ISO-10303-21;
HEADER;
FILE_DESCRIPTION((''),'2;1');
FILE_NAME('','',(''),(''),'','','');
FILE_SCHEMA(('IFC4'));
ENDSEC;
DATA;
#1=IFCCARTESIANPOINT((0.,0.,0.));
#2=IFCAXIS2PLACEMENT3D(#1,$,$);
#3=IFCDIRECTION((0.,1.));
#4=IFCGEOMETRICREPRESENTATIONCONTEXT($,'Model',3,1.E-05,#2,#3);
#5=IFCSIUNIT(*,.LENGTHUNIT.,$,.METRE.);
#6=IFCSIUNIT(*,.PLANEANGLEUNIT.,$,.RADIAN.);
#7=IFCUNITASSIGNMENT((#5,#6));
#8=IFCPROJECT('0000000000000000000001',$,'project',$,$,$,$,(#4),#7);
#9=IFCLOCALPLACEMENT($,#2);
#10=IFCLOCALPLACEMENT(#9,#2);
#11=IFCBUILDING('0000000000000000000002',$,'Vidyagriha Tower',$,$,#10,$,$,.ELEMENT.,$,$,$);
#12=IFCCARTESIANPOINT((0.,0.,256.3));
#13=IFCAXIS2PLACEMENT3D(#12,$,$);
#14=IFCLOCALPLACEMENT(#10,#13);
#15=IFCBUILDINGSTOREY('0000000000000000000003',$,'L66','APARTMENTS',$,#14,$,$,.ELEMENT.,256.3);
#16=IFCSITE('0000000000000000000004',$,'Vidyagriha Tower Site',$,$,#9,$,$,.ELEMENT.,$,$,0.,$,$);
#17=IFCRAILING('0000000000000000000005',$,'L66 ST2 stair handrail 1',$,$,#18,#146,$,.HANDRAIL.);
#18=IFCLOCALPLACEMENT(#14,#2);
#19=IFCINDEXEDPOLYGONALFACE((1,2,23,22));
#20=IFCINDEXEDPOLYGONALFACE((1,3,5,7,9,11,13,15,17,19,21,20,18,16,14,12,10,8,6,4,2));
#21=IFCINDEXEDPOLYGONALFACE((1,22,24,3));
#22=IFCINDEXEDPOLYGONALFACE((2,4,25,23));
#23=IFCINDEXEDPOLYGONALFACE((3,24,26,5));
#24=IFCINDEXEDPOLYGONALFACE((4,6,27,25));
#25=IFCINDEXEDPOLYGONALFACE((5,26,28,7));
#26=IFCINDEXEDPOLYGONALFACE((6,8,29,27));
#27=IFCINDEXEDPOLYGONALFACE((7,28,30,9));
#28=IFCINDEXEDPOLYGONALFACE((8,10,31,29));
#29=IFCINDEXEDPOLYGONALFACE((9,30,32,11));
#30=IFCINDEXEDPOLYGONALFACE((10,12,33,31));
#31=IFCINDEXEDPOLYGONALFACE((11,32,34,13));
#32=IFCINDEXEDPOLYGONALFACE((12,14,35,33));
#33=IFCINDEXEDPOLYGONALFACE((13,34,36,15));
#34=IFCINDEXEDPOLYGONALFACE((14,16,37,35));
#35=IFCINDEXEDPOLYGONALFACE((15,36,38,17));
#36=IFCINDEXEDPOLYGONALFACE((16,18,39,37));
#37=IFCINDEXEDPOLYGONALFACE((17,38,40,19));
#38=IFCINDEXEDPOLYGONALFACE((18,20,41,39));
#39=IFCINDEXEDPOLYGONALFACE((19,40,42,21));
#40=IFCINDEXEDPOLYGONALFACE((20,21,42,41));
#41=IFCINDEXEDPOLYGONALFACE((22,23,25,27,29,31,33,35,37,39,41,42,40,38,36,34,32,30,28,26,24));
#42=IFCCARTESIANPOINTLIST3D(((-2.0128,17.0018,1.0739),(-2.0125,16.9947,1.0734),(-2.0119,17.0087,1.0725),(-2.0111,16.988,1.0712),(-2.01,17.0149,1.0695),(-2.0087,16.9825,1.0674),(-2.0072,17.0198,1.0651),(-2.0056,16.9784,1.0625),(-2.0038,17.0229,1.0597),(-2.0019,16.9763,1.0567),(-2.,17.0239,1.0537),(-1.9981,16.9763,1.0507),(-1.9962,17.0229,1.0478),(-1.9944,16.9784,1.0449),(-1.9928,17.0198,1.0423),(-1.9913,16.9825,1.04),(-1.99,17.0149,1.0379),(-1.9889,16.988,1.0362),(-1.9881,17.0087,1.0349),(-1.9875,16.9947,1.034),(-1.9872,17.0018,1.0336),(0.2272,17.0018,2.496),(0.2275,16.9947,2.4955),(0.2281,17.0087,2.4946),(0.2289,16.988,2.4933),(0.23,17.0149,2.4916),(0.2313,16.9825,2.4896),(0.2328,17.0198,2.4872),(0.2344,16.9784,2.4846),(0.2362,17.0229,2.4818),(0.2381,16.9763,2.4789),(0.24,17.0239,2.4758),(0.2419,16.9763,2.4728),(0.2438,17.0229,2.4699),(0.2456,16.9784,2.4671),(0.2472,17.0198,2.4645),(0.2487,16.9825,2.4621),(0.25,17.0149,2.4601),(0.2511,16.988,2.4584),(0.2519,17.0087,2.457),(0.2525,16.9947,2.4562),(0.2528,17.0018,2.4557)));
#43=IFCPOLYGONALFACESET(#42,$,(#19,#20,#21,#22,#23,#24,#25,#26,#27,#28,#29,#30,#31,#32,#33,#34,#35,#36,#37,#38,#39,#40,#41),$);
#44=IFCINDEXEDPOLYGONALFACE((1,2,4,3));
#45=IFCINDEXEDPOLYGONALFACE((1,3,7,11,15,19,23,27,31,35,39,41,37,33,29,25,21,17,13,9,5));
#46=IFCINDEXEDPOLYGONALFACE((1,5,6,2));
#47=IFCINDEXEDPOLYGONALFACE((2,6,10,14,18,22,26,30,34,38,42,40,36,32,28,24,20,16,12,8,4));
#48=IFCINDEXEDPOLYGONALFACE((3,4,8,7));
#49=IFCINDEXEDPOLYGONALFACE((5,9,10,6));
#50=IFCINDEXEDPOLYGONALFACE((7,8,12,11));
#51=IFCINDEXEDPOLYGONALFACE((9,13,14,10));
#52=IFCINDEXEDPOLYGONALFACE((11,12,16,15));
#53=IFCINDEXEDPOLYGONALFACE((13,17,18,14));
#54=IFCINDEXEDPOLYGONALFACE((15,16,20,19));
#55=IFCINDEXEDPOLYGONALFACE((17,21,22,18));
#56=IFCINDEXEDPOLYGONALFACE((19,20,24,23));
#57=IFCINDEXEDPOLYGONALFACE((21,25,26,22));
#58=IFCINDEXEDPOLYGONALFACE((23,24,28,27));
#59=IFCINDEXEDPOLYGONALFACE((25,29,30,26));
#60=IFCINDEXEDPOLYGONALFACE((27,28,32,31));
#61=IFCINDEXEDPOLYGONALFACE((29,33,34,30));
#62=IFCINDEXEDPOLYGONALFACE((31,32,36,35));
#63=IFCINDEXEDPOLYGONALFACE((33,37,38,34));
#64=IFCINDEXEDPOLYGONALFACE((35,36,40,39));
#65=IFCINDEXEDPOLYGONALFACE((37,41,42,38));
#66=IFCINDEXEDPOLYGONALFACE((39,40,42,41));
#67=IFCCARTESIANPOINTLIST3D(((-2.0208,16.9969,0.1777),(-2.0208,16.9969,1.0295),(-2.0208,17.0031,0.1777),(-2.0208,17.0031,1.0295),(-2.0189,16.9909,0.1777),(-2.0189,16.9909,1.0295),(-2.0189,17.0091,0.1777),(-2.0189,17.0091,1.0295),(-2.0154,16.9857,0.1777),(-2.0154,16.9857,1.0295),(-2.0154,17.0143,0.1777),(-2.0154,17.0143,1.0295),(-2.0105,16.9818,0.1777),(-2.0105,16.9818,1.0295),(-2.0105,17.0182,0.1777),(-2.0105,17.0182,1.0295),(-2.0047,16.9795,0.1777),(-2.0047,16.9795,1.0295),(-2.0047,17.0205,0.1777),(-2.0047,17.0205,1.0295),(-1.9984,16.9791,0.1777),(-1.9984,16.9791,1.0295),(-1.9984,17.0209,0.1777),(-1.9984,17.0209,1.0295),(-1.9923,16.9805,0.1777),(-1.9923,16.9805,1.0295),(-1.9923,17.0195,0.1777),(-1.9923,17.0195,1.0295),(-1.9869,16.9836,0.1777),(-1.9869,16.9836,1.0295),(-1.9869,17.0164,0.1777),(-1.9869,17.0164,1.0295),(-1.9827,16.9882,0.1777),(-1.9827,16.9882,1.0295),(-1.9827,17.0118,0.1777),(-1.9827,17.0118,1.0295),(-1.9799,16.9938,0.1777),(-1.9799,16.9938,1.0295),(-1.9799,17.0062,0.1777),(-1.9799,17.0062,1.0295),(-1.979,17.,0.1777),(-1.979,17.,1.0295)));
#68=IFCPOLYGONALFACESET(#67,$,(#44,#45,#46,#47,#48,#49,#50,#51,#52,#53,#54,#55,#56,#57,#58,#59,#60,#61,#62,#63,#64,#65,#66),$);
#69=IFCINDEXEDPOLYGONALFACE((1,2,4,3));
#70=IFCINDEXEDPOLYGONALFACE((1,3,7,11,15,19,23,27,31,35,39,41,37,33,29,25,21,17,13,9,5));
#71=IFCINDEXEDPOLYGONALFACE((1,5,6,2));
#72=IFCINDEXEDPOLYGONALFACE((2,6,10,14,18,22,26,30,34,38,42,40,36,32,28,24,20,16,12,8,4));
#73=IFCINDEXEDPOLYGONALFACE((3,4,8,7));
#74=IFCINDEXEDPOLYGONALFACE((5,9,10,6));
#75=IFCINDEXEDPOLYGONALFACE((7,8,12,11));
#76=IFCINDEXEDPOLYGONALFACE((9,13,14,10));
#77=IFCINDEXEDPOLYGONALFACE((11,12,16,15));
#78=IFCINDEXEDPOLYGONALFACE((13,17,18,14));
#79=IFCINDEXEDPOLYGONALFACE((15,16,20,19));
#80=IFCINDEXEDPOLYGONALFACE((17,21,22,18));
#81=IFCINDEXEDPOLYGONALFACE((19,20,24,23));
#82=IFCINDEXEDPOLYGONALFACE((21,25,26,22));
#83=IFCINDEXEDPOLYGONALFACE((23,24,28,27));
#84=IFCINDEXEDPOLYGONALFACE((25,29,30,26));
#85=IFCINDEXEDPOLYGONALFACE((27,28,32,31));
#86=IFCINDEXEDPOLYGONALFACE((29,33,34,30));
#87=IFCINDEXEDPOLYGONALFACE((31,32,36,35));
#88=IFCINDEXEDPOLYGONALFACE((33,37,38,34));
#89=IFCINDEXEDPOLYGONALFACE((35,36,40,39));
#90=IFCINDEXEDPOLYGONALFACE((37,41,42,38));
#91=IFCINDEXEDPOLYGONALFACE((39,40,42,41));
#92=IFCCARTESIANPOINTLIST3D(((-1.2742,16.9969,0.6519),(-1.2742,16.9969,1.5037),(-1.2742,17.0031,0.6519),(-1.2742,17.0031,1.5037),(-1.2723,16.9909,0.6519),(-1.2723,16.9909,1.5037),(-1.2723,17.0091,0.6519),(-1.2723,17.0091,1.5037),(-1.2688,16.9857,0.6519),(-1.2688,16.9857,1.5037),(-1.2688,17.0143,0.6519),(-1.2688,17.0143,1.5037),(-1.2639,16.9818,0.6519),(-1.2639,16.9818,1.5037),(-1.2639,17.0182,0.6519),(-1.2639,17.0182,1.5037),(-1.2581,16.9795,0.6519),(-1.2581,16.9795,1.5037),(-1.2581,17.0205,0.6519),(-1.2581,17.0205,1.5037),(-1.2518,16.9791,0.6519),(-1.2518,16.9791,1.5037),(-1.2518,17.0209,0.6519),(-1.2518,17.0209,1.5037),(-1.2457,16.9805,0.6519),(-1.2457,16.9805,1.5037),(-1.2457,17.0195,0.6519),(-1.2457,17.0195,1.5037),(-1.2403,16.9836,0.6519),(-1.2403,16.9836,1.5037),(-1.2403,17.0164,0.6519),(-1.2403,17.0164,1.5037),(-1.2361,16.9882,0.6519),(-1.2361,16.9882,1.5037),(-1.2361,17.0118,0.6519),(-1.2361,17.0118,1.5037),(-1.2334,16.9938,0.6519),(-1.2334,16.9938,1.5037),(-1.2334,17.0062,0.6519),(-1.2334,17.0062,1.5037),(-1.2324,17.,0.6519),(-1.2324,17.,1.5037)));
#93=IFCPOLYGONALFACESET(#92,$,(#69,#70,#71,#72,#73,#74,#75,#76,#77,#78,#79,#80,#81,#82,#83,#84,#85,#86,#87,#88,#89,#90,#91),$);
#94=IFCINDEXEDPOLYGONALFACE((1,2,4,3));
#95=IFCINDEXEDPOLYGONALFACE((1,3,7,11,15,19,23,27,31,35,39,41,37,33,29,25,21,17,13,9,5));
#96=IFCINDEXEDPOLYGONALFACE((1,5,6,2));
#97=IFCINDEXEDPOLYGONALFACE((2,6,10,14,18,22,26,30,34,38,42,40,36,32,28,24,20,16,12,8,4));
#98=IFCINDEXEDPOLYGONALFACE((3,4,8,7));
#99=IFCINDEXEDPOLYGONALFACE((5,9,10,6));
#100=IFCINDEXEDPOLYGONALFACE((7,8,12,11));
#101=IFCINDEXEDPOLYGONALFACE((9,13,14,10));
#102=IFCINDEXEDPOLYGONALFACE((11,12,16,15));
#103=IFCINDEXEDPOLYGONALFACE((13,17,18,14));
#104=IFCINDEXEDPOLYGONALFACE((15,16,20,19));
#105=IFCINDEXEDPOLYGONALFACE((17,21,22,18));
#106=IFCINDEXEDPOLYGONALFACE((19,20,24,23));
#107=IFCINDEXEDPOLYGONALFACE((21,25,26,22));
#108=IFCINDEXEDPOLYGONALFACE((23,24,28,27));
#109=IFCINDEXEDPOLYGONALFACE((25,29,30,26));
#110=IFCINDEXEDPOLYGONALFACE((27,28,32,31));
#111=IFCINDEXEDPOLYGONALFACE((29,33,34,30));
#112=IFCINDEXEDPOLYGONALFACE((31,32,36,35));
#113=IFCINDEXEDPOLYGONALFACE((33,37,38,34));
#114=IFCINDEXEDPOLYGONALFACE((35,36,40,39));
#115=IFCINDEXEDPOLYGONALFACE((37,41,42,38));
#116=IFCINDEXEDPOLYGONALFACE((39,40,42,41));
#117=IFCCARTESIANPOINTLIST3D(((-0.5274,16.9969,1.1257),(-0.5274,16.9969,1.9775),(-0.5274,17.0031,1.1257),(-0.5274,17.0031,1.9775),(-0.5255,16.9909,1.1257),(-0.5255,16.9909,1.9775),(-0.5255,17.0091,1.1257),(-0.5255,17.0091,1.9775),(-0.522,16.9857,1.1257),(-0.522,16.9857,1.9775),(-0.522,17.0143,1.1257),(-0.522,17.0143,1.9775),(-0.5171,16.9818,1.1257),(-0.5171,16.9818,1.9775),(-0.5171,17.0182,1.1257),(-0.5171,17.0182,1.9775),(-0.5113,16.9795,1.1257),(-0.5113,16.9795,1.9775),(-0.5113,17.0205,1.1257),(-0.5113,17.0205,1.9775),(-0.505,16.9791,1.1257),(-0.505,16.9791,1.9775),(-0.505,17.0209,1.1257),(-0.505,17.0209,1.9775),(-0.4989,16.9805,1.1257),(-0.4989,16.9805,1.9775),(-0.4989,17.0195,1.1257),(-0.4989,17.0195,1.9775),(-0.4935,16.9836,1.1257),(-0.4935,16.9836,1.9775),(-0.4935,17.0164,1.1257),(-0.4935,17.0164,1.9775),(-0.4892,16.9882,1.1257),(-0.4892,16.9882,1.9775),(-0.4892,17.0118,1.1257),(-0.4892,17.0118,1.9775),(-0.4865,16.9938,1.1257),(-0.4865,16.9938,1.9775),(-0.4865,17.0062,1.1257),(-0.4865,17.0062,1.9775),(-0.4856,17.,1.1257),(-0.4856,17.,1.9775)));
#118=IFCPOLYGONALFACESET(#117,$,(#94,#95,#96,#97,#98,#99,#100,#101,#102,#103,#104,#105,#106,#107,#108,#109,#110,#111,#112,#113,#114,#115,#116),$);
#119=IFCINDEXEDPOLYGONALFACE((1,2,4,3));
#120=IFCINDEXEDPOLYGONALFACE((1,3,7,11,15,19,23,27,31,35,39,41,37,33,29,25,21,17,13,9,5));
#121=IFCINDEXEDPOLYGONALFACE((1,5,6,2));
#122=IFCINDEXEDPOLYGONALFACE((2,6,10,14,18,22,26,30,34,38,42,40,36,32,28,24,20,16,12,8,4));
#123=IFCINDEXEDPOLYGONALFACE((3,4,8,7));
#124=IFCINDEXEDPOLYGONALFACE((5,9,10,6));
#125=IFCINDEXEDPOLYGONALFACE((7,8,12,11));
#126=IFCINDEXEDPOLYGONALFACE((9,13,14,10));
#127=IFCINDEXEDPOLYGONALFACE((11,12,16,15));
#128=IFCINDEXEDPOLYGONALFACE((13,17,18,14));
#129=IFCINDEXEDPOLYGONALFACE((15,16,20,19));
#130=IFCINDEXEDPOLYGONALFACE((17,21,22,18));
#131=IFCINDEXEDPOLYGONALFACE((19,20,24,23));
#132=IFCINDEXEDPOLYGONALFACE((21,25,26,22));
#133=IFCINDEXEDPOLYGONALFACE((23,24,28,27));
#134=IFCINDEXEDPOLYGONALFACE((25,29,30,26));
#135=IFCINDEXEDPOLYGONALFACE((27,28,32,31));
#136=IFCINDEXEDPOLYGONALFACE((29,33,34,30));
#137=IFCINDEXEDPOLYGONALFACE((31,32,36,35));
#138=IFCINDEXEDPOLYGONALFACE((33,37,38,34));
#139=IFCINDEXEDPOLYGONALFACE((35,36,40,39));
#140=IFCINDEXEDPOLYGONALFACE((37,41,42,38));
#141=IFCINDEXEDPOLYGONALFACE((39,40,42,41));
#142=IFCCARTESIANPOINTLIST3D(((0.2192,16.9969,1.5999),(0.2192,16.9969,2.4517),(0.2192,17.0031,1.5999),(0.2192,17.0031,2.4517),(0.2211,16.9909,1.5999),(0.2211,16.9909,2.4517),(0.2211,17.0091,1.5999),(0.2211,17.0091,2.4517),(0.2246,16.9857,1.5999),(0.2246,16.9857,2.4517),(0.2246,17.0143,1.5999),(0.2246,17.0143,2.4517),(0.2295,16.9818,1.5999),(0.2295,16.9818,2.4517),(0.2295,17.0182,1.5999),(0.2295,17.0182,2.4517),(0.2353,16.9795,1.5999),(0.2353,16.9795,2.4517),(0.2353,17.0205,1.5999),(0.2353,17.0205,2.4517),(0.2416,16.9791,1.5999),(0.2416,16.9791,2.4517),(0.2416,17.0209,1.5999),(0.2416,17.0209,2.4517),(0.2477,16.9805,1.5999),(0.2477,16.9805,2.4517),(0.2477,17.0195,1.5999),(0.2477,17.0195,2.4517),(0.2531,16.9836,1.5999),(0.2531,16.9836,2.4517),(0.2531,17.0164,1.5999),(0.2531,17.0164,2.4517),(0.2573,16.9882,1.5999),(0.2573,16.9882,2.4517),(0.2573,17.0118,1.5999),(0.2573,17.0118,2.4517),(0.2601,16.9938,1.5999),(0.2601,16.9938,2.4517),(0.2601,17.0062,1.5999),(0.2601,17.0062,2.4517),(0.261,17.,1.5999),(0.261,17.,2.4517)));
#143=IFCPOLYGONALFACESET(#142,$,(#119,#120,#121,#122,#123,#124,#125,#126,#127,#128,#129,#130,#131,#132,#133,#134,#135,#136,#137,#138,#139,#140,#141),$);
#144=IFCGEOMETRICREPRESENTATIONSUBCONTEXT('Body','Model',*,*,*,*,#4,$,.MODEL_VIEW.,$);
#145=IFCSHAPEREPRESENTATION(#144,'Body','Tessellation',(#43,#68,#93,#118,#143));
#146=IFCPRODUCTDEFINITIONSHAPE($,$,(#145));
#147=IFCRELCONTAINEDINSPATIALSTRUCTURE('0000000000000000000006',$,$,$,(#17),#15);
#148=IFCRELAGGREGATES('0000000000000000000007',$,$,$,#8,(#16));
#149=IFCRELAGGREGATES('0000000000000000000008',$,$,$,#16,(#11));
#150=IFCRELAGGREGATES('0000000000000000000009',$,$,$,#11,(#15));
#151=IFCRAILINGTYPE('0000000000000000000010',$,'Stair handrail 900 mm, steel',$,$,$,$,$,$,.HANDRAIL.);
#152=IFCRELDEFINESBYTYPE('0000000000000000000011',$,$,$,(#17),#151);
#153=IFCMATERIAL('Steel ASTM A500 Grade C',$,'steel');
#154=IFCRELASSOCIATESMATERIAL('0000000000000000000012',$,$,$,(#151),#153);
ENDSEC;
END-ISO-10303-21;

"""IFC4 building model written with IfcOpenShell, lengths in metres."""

from ifc_helpers import new_model, si_unit, direction, frame, origin, origin_2d, place, context, subcontext, project, spatial, circle, extrude, material, type_object, element, save


model = new_model("IFC4")

# Units and contexts
model_context = context("Model", 3, precision=1e-05, world=origin(), true_north=direction((0.0, 1.0)))
body_context = subcontext(model_context, "Body", "Model", "MODEL_VIEW")
ifc_project = project(units=[si_unit("LENGTHUNIT", "METRE"), si_unit("PLANEANGLEUNIT", "RADIAN")], contexts=[model_context])

# Site, building, storey
site_placement = place(None, origin())
site = spatial("IfcSite", under=ifc_project, at=site_placement, Name="Vidyagriha Tower Site", CompositionType="ELEMENT", RefElevation=0.0)
building_placement = place(site_placement, origin())
building = spatial("IfcBuilding", under=site, at=building_placement, Name="Vidyagriha Tower", CompositionType="ELEMENT")
storey_placement = place(building_placement, frame((0.0, 0.0, 256.3)))
storey = spatial("IfcBuildingStorey", under=building, at=storey_placement, Name="L66", Description="APARTMENTS", CompositionType="ELEMENT", Elevation=256.3)

# Railing
ifc_material_1 = material(Name="Steel ASTM A500 Grade C", Category="steel")
railing_type_1 = type_object("IfcRailingType", Name="Stair handrail 900 mm, steel", PredefinedType="HANDRAIL", material=ifc_material_1)
for number, where, name in (
    (1, (-2.0, 17.0, 0.1777), "L66 ST2 stair handrail 1"),
):
    element("IfcRailing", number, at=place(storey_placement, frame(where)), inside=storey, type_object=railing_type_1, Name=name, PredefinedType="HANDRAIL", context=body_context, shape_type="SweptSolid", body=[
        extrude(circle(Radius=0.0239, at=origin_2d()), frame((0.0, 0.0, 0.876), z_axis=(0.844229, 0.0, 0.535982), x_axis=(0.0, 1.0, 0.0)), (0.0, 0.0, 1.0), 2.6533),
        extrude(circle(Radius=0.021, at=origin_2d()), origin(), (0.0, 0.0, 1.0), 0.8518),
        extrude(circle(Radius=0.021, at=origin_2d()), frame((0.7466, 0.0, 0.4741)), (0.0, 0.0, 1.0), 0.8518),
        extrude(circle(Radius=0.021, at=origin_2d()), frame((1.4934, 0.0, 0.948)), (0.0, 0.0, 1.0), 0.8518),
        extrude(circle(Radius=0.021, at=origin_2d()), frame((2.24, 0.0, 1.4221)), (0.0, 0.0, 1.0), 0.8518),
    ])

save(model, "model.ifc")
